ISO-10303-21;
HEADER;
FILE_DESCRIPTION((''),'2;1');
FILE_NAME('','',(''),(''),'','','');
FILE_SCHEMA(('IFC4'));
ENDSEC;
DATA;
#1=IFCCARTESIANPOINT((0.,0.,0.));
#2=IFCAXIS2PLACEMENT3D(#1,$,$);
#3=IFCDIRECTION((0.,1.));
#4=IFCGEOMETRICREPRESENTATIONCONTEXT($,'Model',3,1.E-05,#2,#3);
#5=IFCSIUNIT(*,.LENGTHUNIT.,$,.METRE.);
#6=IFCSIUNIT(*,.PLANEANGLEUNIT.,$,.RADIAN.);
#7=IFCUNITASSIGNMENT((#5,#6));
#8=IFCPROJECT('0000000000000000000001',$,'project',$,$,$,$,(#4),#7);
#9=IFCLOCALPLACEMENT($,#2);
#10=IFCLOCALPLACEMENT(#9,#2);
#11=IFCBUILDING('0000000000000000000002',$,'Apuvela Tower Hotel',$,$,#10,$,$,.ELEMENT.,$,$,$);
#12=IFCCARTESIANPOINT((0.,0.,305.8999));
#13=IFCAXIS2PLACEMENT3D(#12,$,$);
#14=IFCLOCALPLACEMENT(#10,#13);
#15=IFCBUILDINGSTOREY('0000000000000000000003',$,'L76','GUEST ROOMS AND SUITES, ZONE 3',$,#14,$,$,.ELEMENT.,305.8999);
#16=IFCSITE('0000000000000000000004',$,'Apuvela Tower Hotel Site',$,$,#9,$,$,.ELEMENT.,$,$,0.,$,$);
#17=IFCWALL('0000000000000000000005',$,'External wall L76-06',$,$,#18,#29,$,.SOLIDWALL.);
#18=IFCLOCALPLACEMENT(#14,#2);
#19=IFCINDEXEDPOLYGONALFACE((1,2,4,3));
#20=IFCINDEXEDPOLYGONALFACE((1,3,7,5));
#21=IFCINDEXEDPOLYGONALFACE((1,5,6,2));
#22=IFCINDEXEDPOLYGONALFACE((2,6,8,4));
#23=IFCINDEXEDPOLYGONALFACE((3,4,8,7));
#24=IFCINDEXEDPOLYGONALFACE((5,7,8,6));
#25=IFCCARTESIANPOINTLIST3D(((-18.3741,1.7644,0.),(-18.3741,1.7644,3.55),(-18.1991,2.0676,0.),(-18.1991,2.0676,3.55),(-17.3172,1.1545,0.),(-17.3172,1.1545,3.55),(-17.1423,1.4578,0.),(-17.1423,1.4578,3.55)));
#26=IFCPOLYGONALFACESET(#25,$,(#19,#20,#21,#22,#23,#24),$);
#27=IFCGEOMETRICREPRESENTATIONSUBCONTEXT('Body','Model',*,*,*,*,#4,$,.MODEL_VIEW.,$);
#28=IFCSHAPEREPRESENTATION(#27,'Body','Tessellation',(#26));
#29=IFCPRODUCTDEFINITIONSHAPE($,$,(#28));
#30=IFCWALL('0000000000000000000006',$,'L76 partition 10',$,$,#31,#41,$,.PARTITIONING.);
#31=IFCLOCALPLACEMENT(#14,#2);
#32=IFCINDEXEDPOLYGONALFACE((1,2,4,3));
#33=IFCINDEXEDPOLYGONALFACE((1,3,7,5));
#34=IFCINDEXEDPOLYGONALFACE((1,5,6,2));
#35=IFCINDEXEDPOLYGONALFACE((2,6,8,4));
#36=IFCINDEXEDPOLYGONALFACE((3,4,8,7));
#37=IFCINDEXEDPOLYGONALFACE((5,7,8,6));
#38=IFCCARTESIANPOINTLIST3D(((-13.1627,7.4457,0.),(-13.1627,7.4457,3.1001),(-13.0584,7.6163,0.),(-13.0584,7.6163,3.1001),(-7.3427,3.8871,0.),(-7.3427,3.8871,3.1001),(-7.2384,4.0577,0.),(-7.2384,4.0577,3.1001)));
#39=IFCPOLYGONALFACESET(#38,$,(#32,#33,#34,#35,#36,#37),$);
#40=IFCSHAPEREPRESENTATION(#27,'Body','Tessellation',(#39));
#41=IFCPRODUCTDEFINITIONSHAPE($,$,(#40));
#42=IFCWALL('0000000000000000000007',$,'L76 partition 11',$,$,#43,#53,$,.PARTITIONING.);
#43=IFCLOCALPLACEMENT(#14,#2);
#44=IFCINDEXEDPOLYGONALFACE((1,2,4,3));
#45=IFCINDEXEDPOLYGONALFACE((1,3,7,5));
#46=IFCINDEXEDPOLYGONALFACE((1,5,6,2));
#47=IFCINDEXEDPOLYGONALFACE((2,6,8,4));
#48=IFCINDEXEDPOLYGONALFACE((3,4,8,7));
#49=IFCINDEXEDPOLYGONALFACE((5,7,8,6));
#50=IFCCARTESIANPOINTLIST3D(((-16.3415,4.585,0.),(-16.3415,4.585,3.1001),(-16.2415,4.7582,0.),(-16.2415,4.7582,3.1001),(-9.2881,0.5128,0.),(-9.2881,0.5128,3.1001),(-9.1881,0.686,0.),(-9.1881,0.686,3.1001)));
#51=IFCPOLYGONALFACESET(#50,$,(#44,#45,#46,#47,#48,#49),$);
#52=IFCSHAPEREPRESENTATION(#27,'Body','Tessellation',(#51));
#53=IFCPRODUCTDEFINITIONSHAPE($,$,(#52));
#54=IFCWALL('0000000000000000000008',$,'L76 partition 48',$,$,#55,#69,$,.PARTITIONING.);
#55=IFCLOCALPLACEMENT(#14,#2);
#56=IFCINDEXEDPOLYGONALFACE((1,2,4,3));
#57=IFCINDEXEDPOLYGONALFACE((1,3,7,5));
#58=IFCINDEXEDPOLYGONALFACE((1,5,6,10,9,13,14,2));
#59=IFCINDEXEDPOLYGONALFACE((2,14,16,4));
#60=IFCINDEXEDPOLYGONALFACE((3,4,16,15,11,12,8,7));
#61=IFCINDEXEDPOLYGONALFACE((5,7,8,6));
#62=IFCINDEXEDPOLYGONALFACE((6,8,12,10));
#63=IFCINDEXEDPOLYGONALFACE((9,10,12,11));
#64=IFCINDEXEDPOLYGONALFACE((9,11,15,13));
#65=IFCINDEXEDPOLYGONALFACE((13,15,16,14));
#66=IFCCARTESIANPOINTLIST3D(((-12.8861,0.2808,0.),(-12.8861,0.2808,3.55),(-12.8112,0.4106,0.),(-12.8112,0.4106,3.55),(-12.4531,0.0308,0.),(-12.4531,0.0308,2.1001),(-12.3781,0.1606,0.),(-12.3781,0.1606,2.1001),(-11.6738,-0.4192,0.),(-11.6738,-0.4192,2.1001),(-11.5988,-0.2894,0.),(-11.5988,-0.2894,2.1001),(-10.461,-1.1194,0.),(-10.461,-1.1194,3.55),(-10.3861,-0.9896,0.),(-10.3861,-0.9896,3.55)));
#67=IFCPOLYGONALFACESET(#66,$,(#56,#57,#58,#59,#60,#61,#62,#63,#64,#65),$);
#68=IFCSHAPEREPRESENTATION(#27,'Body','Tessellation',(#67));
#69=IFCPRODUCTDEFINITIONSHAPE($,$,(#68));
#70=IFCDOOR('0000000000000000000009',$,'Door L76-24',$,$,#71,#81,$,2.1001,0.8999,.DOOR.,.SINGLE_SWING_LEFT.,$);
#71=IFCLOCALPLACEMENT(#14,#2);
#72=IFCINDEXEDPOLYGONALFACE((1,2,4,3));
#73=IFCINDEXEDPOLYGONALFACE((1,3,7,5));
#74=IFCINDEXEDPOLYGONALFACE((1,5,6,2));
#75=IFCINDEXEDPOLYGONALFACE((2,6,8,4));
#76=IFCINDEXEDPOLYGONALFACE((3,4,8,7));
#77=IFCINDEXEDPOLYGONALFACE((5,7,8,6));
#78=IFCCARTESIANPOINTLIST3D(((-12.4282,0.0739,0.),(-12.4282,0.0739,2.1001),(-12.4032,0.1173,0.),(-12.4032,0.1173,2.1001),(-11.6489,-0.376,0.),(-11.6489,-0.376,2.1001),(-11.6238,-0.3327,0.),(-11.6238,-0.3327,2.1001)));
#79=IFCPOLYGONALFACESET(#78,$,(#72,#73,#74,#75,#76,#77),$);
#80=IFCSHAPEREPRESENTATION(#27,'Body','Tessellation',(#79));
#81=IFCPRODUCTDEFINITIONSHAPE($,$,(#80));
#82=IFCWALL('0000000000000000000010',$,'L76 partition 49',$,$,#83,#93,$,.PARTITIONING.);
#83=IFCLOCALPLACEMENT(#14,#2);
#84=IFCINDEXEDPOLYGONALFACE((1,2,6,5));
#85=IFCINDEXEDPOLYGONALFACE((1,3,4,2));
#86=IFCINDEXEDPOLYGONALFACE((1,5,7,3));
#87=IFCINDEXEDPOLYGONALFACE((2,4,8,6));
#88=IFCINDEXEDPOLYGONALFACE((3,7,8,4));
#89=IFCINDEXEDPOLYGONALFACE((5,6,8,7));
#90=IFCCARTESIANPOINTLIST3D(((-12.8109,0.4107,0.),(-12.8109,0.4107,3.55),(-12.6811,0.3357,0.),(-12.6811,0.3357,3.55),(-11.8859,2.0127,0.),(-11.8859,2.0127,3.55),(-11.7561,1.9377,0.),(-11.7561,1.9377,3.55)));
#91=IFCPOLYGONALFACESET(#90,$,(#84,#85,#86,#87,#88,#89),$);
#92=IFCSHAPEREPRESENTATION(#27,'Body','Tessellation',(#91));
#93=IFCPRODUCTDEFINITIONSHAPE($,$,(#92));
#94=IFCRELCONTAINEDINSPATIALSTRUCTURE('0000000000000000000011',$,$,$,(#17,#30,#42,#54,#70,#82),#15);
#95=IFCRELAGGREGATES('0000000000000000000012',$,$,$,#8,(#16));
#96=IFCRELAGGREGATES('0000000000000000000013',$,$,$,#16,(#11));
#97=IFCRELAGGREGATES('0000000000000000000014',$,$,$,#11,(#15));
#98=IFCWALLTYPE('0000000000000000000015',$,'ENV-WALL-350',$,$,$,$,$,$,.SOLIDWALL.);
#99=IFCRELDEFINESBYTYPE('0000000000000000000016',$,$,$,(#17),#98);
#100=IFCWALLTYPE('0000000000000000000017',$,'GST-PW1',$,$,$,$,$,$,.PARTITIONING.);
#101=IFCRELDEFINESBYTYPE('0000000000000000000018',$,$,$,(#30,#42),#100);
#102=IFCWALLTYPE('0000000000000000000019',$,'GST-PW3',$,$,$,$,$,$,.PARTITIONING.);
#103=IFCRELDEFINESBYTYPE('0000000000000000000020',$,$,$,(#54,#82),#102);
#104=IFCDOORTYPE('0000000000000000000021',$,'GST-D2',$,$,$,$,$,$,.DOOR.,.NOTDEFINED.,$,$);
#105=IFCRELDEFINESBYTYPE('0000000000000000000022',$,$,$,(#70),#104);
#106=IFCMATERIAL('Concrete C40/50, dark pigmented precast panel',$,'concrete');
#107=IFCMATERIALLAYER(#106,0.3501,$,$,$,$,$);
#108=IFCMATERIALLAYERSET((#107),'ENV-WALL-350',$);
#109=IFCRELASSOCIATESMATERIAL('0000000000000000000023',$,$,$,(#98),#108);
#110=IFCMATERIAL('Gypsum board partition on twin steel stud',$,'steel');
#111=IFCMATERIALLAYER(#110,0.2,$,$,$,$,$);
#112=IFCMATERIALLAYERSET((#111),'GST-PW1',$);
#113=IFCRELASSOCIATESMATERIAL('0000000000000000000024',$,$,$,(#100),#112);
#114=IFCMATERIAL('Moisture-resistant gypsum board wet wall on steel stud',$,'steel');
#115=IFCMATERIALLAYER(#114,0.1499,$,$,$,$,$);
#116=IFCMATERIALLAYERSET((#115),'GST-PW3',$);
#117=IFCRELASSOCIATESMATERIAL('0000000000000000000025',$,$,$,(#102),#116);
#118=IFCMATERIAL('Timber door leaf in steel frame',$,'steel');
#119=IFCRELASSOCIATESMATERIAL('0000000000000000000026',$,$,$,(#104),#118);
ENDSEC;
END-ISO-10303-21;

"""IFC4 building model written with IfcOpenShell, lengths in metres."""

from ifc_helpers import new_model, si_unit, direction, frame, frame_2d, origin, place, context, subcontext, project, spatial, rectangle, extrude, material, layer, layer_set, type_object, element, fill, save


model = new_model("IFC4")

# Units and contexts
model_context = context("Model", 3, precision=1e-05, world=origin(), true_north=direction((0.0, 1.0)))
body_context = subcontext(model_context, "Body", "Model", "MODEL_VIEW")
ifc_project = project(units=[si_unit("LENGTHUNIT", "METRE"), si_unit("PLANEANGLEUNIT", "RADIAN")], contexts=[model_context])

# Site, building, storey
site_placement = place(None, origin())
site = spatial("IfcSite", under=ifc_project, at=site_placement, Name="Apuvela Tower Hotel Site", CompositionType="ELEMENT", RefElevation=0.0)
building_placement = place(site_placement, origin())
building = spatial("IfcBuilding", under=site, at=building_placement, Name="Apuvela Tower Hotel", CompositionType="ELEMENT")
storey_placement = place(building_placement, frame((0.0, 0.0, 305.8999)))
storey = spatial("IfcBuildingStorey", under=building, at=storey_placement, Name="L76", Description="GUEST ROOMS AND SUITES, ZONE 3", CompositionType="ELEMENT", Elevation=305.8999)

# Shared definitions
ifc_material_1 = material(Name="Concrete C40/50, dark pigmented precast panel", Category="concrete")
ifc_layer_1 = layer(ifc_material_1, 0.3501)
ifc_layer_set_1 = layer_set([ifc_layer_1], Name="ENV-WALL-350")
wall_type_1 = type_object("IfcWallType", Name="ENV-WALL-350", PredefinedType="SOLIDWALL", material=ifc_layer_set_1)

# Wall
wall_1_placement = place(storey_placement, frame((-18.2866, 1.916, 0.0), z_axis=(0.0, 0.0, 1.0), x_axis=(0.866142, -0.499798, 0.0)))
element("IfcWall", 1, at=wall_1_placement, inside=storey, type_object=wall_type_1, Name="External wall L76-06", PredefinedType="SOLIDWALL", context=body_context, shape_type="SweptSolid", body=[
    extrude(rectangle(XDim=1.2202, YDim=0.3501, at=frame_2d((0.6101, 0.0))), origin(), (0.0, 0.0, 1.0), 3.55),
])

# Walls
ifc_material_2 = material(Name="Gypsum board partition on twin steel stud", Category="steel")
ifc_layer_2 = layer(ifc_material_2, 0.2)
ifc_layer_set_2 = layer_set([ifc_layer_2], Name="GST-PW1")
wall_type_2 = type_object("IfcWallType", Name="GST-PW1", PredefinedType="PARTITIONING", material=ifc_layer_set_2)
wall_2_placement = place(storey_placement, frame((-13.1106, 7.531, 0.0), z_axis=(0.0, 0.0, 1.0), x_axis=(0.853159, -0.521651, 0.0)))
element("IfcWall", 2, at=wall_2_placement, inside=storey, type_object=wall_type_2, Name="L76 partition 10", PredefinedType="PARTITIONING", context=body_context, shape_type="SweptSolid", body=[
    extrude(rectangle(XDim=6.8218, YDim=0.2, at=frame_2d((3.4109, 0.0))), origin(), (0.0, 0.0, 1.0), 3.1001),
])
wall_3_placement = place(storey_placement, frame((-16.2915, 4.6716, 0.0), z_axis=(0.0, 0.0, 1.0), x_axis=(0.866028, -0.499995, 0.0)))
element("IfcWall", 3, at=wall_3_placement, inside=storey, type_object=wall_type_2, Name="L76 partition 11", PredefinedType="PARTITIONING", context=body_context, shape_type="SweptSolid", body=[
    extrude(rectangle(XDim=8.1445, YDim=0.2, at=frame_2d((4.0723, 0.0))), origin(), (0.0, 0.0, 1.0), 3.1001),
])

# Wall, opening, door
ifc_material_3 = material(Name="Moisture-resistant gypsum board wet wall on steel stud", Category="steel")
ifc_layer_3 = layer(ifc_material_3, 0.1499)
ifc_layer_set_3 = layer_set([ifc_layer_3], Name="GST-PW3")
wall_type_3 = type_object("IfcWallType", Name="GST-PW3", PredefinedType="PARTITIONING", material=ifc_layer_set_3)
wall_4_placement = place(storey_placement, frame((-12.8486, 0.3457, 0.0), z_axis=(0.0, 0.0, 1.0), x_axis=(0.866019, -0.500012, 0.0)))
wall_4 = element("IfcWall", 4, at=wall_4_placement, inside=storey, type_object=wall_type_3, Name="L76 partition 48", PredefinedType="PARTITIONING", context=body_context, shape_type="SweptSolid", body=[
    extrude(rectangle(XDim=2.8003, YDim=0.1499, at=frame_2d((1.4001, 0.0))), origin(), (0.0, 0.0, 1.0), 3.55),
])
opening_1_placement = place(wall_4_placement, frame((0.5, 0.0, 0.0)))
opening_1 = element("IfcOpeningElement", 5, at=opening_1_placement, cuts=wall_4, PredefinedType="OPENING", context=body_context, shape_type="SweptSolid", body=[
    extrude(rectangle(XDim=0.8999, YDim=2.1001, at=frame_2d((0.45, 1.05))), frame((0.0, 0.085, 0.0), z_axis=(0.0, -1.0, 0.0), x_axis=(1.0, 0.0, 0.0)), (0.0, 0.0, 1.0), 0.1699),
])
ifc_material_4 = material(Name="Timber door leaf in steel frame", Category="steel")
door_type_1 = type_object("IfcDoorType", Name="GST-D2", OperationType="NOTDEFINED", PredefinedType="DOOR", material=ifc_material_4)
door_1_placement = place(opening_1_placement, origin())
door_1 = element("IfcDoor", 6, at=door_1_placement, inside=storey, type_object=door_type_1, Name="Door L76-24", OperationType="SINGLE_SWING_LEFT", OverallHeight=2.1001, OverallWidth=0.8999, PredefinedType="DOOR", context=body_context, shape_type="SweptSolid", body=[
    extrude(rectangle(XDim=0.8999, YDim=2.1001, at=frame_2d((0.45, 1.05))), frame((0.0, 0.0249, 0.0), z_axis=(0.0, -1.0, 0.0), x_axis=(1.0, 0.0, 0.0)), (0.0, 0.0, 1.0), 0.05),
])
fill(opening_1, door_1)

# Wall
wall_5_placement = place(storey_placement, frame((-11.821, 1.9751, 0.0), z_axis=(0.0, 0.0, 1.0), x_axis=(-0.500042, -0.866001, 0.0)))
element("IfcWall", 7, at=wall_5_placement, inside=storey, type_object=wall_type_3, Name="L76 partition 49", PredefinedType="PARTITIONING", context=body_context, shape_type="SweptSolid", body=[
    extrude(rectangle(XDim=1.8499, YDim=0.1499, at=frame_2d((0.9248, 0.0))), origin(), (0.0, 0.0, 1.0), 3.55),
])

save(model, "model.ifc")
